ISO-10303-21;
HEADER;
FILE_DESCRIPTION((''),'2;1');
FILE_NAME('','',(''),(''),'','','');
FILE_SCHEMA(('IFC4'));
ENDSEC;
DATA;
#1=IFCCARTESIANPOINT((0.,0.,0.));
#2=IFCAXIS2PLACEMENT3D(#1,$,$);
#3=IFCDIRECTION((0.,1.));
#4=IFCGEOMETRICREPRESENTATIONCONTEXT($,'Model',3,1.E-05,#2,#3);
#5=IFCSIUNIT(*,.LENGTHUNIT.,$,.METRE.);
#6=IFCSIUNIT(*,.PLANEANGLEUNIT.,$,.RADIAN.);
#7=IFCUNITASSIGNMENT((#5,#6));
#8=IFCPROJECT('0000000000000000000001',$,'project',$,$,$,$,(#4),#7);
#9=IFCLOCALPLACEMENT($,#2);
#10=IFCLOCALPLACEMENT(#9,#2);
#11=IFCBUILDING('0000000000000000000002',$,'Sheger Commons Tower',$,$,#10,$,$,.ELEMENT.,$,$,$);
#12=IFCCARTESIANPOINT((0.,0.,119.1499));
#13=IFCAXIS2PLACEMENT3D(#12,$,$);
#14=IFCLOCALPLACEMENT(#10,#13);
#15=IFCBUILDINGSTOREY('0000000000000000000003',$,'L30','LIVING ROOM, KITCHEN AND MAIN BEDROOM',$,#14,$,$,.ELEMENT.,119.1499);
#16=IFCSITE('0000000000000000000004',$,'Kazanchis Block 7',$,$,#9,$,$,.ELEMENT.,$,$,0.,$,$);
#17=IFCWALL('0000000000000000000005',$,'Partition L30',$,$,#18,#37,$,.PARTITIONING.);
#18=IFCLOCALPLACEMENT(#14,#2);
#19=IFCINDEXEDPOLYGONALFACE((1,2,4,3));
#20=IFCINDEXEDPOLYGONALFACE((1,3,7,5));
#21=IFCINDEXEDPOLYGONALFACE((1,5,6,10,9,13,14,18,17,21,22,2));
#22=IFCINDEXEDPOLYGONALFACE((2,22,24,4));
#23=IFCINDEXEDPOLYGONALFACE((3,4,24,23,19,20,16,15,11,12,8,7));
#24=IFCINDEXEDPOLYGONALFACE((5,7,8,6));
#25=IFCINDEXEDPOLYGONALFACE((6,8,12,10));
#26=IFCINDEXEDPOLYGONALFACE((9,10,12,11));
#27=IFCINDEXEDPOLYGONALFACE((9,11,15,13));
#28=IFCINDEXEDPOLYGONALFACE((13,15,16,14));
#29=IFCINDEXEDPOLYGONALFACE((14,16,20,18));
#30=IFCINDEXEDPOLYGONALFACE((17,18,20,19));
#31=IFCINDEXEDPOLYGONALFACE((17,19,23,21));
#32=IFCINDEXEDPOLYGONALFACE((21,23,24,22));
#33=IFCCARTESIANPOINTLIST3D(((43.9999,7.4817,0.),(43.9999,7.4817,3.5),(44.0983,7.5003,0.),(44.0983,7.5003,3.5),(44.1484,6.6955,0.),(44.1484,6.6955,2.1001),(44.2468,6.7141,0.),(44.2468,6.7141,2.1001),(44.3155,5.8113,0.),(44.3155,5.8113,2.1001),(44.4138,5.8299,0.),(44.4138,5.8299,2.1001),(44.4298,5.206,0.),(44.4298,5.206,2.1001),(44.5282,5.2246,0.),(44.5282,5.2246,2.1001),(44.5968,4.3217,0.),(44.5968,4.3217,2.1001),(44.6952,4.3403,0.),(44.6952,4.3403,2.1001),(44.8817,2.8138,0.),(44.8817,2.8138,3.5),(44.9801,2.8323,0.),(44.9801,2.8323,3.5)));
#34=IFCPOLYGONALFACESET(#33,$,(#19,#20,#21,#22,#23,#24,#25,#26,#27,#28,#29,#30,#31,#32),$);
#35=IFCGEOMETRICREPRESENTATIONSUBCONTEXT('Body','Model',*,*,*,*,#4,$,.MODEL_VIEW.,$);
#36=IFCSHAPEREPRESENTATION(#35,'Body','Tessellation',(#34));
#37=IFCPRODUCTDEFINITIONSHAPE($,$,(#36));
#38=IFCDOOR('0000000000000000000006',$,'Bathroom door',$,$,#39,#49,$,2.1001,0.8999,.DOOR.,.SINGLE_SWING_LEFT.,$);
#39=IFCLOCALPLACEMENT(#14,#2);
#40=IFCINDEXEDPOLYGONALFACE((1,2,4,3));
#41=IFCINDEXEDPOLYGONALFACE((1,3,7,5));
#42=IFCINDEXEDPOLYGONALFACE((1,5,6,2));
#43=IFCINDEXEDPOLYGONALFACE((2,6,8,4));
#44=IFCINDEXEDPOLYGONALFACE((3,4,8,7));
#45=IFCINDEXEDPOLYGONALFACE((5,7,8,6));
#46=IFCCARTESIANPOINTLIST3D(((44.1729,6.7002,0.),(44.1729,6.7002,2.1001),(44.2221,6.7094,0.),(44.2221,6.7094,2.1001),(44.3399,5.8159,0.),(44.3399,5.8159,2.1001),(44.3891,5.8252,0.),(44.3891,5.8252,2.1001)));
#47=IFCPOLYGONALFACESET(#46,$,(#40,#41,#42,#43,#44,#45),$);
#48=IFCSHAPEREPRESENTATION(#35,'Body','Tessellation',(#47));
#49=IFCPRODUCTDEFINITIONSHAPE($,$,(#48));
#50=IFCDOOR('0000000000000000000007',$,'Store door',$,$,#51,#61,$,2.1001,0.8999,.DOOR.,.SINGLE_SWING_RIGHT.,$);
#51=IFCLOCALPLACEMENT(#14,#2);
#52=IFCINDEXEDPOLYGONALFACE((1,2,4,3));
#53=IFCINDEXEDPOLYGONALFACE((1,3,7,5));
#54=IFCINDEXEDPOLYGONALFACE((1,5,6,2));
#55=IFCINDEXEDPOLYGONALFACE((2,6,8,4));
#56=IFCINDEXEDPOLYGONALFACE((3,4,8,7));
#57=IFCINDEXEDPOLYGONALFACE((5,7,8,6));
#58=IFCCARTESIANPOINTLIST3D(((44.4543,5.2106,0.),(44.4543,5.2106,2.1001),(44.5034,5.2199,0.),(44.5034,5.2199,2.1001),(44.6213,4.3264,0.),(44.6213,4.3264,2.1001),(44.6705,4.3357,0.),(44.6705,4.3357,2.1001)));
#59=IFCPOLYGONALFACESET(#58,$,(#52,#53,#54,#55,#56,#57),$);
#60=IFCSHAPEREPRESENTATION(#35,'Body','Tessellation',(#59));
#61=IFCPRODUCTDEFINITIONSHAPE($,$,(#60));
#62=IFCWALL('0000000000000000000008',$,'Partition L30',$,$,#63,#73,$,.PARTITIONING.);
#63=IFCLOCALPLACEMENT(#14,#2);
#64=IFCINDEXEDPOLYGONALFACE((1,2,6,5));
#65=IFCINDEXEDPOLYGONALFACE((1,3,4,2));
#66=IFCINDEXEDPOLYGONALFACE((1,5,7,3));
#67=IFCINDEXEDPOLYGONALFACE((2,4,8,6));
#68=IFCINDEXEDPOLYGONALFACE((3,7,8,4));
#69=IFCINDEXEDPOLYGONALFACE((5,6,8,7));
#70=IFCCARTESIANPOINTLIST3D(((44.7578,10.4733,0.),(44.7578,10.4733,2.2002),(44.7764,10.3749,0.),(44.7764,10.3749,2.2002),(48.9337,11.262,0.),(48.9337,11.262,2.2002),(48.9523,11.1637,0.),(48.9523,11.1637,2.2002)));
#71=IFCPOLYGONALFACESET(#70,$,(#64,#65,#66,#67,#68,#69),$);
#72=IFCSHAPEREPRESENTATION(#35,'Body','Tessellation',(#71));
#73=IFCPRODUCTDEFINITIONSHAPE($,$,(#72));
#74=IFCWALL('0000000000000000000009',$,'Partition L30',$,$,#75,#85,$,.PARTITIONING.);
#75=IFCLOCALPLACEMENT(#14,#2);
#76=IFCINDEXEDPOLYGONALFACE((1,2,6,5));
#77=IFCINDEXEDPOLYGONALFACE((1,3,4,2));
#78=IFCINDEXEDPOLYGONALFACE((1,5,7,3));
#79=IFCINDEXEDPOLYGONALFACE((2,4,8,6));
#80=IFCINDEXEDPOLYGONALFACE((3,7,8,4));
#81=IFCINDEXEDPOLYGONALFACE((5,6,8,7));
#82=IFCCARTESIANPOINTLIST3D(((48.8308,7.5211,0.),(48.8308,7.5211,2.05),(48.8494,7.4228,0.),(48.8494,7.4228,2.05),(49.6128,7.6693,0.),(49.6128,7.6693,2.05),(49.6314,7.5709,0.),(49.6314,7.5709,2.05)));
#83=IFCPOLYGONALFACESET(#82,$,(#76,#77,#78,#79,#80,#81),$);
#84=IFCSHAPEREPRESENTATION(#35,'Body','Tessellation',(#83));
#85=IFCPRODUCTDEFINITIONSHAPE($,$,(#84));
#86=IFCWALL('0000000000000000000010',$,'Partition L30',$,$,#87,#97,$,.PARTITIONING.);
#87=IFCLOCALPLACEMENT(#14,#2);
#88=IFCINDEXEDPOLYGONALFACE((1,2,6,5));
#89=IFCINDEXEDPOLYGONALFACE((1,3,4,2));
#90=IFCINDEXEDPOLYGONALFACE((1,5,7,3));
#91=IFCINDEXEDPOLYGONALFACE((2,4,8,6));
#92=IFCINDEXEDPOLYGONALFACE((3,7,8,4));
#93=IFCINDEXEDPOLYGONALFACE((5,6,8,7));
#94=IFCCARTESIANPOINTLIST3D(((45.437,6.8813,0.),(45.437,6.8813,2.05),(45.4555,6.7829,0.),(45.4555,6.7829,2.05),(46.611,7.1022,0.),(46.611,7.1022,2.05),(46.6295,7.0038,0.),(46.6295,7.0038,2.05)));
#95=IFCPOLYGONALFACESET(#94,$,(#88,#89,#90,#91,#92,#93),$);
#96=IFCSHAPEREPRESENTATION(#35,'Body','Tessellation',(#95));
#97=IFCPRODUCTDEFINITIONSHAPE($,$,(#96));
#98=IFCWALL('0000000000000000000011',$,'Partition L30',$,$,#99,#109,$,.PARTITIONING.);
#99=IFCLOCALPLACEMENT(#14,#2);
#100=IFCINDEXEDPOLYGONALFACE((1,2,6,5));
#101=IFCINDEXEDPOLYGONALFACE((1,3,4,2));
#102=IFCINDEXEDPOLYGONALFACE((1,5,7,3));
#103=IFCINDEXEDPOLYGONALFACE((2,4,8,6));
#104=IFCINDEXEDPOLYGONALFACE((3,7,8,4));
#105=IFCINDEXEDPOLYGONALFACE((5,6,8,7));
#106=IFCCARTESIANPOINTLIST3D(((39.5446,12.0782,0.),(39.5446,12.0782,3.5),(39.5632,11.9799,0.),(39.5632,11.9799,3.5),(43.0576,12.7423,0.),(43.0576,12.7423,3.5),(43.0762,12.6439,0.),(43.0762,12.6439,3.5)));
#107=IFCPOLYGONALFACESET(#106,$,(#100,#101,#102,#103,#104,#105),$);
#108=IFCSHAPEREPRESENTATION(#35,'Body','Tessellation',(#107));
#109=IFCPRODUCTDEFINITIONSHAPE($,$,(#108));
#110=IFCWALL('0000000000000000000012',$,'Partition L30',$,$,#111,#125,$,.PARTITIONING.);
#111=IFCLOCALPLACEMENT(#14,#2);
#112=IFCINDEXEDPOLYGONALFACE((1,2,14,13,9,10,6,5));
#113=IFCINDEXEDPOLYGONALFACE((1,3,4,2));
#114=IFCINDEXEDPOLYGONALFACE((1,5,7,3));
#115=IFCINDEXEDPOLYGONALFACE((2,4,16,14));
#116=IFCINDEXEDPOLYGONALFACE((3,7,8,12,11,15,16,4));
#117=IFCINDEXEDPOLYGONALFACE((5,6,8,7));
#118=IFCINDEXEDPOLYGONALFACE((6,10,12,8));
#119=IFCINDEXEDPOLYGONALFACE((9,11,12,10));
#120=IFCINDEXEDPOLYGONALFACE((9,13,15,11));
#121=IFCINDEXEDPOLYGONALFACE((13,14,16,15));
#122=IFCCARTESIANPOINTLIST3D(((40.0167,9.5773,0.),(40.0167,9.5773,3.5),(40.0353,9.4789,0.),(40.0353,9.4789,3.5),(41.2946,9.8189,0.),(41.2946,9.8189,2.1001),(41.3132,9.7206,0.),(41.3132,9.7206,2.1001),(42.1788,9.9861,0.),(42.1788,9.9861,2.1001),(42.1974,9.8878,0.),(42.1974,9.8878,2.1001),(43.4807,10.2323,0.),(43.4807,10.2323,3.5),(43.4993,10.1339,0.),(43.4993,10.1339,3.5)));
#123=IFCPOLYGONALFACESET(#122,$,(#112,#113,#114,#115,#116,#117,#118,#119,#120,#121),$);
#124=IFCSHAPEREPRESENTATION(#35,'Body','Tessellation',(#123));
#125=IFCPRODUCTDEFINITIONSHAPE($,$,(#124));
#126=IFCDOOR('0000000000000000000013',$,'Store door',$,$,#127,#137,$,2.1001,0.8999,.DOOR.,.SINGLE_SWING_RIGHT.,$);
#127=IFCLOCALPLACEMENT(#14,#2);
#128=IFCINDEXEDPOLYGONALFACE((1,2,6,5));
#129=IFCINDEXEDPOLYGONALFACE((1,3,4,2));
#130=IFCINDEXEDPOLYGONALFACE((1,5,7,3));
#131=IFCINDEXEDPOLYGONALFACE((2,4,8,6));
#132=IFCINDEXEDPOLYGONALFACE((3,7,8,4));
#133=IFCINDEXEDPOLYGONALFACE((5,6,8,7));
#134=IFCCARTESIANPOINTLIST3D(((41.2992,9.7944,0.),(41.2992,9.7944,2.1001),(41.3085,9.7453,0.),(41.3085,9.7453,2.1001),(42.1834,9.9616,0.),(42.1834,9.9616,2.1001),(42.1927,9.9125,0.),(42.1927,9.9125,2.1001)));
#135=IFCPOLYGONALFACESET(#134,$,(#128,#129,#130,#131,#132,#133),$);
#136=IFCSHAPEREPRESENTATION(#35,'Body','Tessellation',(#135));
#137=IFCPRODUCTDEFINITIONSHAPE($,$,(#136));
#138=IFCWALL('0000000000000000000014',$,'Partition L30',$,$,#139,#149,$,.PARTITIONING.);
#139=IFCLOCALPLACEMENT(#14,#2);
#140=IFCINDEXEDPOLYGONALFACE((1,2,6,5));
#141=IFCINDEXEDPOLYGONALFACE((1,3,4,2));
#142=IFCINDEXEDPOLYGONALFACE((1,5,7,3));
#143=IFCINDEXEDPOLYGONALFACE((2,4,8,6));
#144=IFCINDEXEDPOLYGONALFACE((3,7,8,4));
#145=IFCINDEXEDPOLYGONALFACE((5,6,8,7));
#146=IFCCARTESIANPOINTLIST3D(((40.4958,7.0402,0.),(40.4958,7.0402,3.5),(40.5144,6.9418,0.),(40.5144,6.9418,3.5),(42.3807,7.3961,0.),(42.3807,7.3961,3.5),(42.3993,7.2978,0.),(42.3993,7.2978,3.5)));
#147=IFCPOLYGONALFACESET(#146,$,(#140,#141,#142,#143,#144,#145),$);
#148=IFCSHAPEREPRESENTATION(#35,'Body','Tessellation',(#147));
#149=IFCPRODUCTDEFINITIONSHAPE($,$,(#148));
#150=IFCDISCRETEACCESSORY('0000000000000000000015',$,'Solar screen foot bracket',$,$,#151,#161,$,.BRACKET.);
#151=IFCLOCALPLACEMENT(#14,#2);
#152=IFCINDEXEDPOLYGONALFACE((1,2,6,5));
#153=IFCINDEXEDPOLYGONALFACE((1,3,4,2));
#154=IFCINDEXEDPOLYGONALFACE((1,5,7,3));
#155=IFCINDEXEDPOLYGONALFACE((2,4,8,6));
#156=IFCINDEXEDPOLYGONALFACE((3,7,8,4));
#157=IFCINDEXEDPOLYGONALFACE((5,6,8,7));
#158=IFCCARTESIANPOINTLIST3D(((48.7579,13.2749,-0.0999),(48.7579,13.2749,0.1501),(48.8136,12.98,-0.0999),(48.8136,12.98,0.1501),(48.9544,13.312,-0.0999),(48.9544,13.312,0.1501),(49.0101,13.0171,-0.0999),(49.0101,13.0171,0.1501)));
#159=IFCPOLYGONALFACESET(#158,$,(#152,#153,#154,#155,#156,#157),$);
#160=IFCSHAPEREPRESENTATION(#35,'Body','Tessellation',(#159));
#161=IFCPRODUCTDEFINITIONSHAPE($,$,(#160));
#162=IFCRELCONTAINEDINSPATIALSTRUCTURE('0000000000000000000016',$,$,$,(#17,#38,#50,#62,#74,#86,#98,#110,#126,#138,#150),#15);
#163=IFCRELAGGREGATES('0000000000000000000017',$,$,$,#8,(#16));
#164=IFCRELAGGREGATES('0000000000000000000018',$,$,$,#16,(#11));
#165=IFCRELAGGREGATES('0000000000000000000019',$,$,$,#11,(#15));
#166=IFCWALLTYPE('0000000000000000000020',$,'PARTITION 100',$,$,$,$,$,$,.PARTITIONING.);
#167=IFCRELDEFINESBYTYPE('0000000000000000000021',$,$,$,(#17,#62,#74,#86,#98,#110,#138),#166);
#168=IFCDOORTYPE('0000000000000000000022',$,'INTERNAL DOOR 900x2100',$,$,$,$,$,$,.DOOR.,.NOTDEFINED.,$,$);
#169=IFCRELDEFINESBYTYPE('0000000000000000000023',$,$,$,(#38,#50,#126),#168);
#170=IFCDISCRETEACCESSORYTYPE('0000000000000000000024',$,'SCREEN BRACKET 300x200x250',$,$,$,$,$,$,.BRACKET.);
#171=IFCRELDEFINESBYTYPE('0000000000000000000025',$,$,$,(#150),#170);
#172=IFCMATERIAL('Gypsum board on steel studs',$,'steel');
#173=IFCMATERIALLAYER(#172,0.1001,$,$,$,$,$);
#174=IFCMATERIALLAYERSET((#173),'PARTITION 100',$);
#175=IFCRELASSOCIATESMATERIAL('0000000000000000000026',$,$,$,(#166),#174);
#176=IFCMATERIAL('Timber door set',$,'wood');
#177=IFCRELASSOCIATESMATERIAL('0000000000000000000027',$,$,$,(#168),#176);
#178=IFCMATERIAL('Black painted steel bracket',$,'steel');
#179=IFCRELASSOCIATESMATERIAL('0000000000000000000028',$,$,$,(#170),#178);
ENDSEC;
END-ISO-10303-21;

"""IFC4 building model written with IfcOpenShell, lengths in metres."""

from ifc_helpers import new_model, si_unit, direction, frame, frame_2d, origin, origin_2d, place, context, subcontext, project, spatial, rectangle, extrude, material, layer, layer_set, type_object, element, fill, save


model = new_model("IFC4")

# Units and contexts
model_context = context("Model", 3, precision=1e-05, world=origin(), true_north=direction((0.0, 1.0)))
body_context = subcontext(model_context, "Body", "Model", "MODEL_VIEW")
ifc_project = project(units=[si_unit("LENGTHUNIT", "METRE"), si_unit("PLANEANGLEUNIT", "RADIAN")], contexts=[model_context])

# Site, building, storey
site_placement = place(None, origin())
site = spatial("IfcSite", under=ifc_project, at=site_placement, Name="Kazanchis Block 7", CompositionType="ELEMENT", RefElevation=0.0)
building_placement = place(site_placement, origin())
building = spatial("IfcBuilding", under=site, at=building_placement, Name="Sheger Commons Tower", CompositionType="ELEMENT")
storey_placement = place(building_placement, frame((0.0, 0.0, 119.1499)))
storey = spatial("IfcBuildingStorey", under=building, at=storey_placement, Name="L30", Description="LIVING ROOM, KITCHEN AND MAIN BEDROOM", CompositionType="ELEMENT", Elevation=119.1499)

# Shared definitions
ifc_material_1 = material(Name="Gypsum board on steel studs", Category="steel")
ifc_layer_1 = layer(ifc_material_1, 0.1001)
ifc_layer_set_1 = layer_set([ifc_layer_1], Name="PARTITION 100")
wall_type_1 = type_object("IfcWallType", Name="PARTITION 100", PredefinedType="PARTITIONING", material=ifc_layer_set_1)
ifc_material_2 = material(Name="Timber door set", Category="wood")
door_type_1 = type_object("IfcDoorType", Name="INTERNAL DOOR 900x2100", OperationType="NOTDEFINED", PredefinedType="DOOR", material=ifc_material_2)

# Wall, openings, doors
wall_1_placement = place(storey_placement, frame((44.0491, 7.491, 0.0), z_axis=(0.0, 0.0, 1.0), x_axis=(0.185629, -0.98262, 0.0)))
wall_1 = element("IfcWall", 1, at=wall_1_placement, inside=storey, type_object=wall_type_1, Name="Partition L30", PredefinedType="PARTITIONING", context=body_context, shape_type="SweptSolid", body=[
    extrude(rectangle(XDim=4.7505, YDim=0.1001, at=frame_2d((2.3752, 0.0))), origin(), (0.0, 0.0, 1.0), 3.5),
])
opening_1_placement = place(wall_1_placement, frame((0.8, 0.0, 0.0)))
opening_1 = element("IfcOpeningElement", 2, at=opening_1_placement, cuts=wall_1, PredefinedType="OPENING", context=body_context, shape_type="SweptSolid", body=[
    extrude(rectangle(XDim=0.8999, YDim=2.1001, at=frame_2d((0.45, 1.05))), frame((0.0, 0.0601, 0.0), z_axis=(0.0, -1.0, 0.0), x_axis=(1.0, 0.0, 0.0)), (0.0, 0.0, 1.0), 0.1201),
])
opening_2_placement = place(wall_1_placement, frame((2.3159, 0.0, 0.0)))
opening_2 = element("IfcOpeningElement", 3, at=opening_2_placement, cuts=wall_1, PredefinedType="OPENING", context=body_context, shape_type="SweptSolid", body=[
    extrude(rectangle(XDim=0.8999, YDim=2.1001, at=frame_2d((0.45, 1.05))), frame((0.0, 0.0601, 0.0), z_axis=(0.0, -1.0, 0.0), x_axis=(1.0, 0.0, 0.0)), (0.0, 0.0, 1.0), 0.1201),
])
door_1_placement = place(opening_1_placement, origin())
door_1 = element("IfcDoor", 4, at=door_1_placement, inside=storey, type_object=door_type_1, Name="Bathroom door", OperationType="SINGLE_SWING_LEFT", OverallHeight=2.1001, OverallWidth=0.8999, PredefinedType="DOOR", context=body_context, shape_type="SweptSolid", body=[
    extrude(rectangle(XDim=0.8999, YDim=2.1001, at=frame_2d((0.45, 1.05))), frame((0.0, 0.0249, 0.0), z_axis=(0.0, -1.0, 0.0), x_axis=(1.0, 0.0, 0.0)), (0.0, 0.0, 1.0), 0.05),
])
fill(opening_1, door_1)
door_2_placement = place(opening_2_placement, origin())
door_2 = element("IfcDoor", 5, at=door_2_placement, inside=storey, type_object=door_type_1, Name="Store door", OperationType="SINGLE_SWING_RIGHT", OverallHeight=2.1001, OverallWidth=0.8999, PredefinedType="DOOR", context=body_context, shape_type="SweptSolid", body=[
    extrude(rectangle(XDim=0.8999, YDim=2.1001, at=frame_2d((0.45, 1.05))), frame((0.0, 0.0249, 0.0), z_axis=(0.0, -1.0, 0.0), x_axis=(1.0, 0.0, 0.0)), (0.0, 0.0, 1.0), 0.05),
])
fill(opening_2, door_2)

# Walls
wall_2_placement = place(storey_placement, frame((48.9431, 11.2129, 0.0), z_axis=(0.0, 0.0, 1.0), x_axis=(-0.982624, -0.18561, 0.0)))
element("IfcWall", 6, at=wall_2_placement, inside=storey, type_object=wall_type_1, Name="Partition L30", PredefinedType="PARTITIONING", context=body_context, shape_type="SweptSolid", body=[
    extrude(rectangle(XDim=4.2498, YDim=0.1001, at=frame_2d((2.125, 0.0))), origin(), (0.0, 0.0, 1.0), 2.2002),
])
wall_3_placement = place(storey_placement, frame((49.6221, 7.6201, 0.0), z_axis=(0.0, 0.0, 1.0), x_axis=(-0.982513, -0.186196, 0.0)))
element("IfcWall", 7, at=wall_3_placement, inside=storey, type_object=wall_type_1, Name="Partition L30", PredefinedType="PARTITIONING", context=body_context, shape_type="SweptSolid", body=[
    extrude(rectangle(XDim=0.7959, YDim=0.1001, at=frame_2d((0.3979, 0.0))), origin(), (0.0, 0.0, 1.0), 2.05),
])
wall_4_placement = place(storey_placement, frame((46.6201, 7.053, 0.0), z_axis=(0.0, 0.0, 1.0), x_axis=(-0.982749, -0.184942, 0.0)))
element("IfcWall", 8, at=wall_4_placement, inside=storey, type_object=wall_type_1, Name="Partition L30", PredefinedType="PARTITIONING", context=body_context, shape_type="SweptSolid", body=[
    extrude(rectangle(XDim=1.1946, YDim=0.1001, at=frame_2d((0.5972, 0.0))), origin(), (0.0, 0.0, 1.0), 2.05),
])
wall_5_placement = place(storey_placement, frame((43.0669, 12.6931, 0.0), z_axis=(0.0, 0.0, 1.0), x_axis=(-0.982598, -0.185744, 0.0)))
element("IfcWall", 9, at=wall_5_placement, inside=storey, type_object=wall_type_1, Name="Partition L30", PredefinedType="PARTITIONING", context=body_context, shape_type="SweptSolid", body=[
    extrude(rectangle(XDim=3.5752, YDim=0.1001, at=frame_2d((1.7876, 0.0))), origin(), (0.0, 0.0, 1.0), 3.5),
])

# Wall, opening, door
wall_6_placement = place(storey_placement, frame((43.49, 10.1831, 0.0), z_axis=(0.0, 0.0, 1.0), x_axis=(-0.982588, -0.185798, 0.0)))
wall_6 = element("IfcWall", 10, at=wall_6_placement, inside=storey, type_object=wall_type_1, Name="Partition L30", PredefinedType="PARTITIONING", context=body_context, shape_type="SweptSolid", body=[
    extrude(rectangle(XDim=3.5254, YDim=0.1001, at=frame_2d((1.7627, 0.0))), origin(), (0.0, 0.0, 1.0), 3.5),
])
opening_3_placement = place(wall_6_placement, frame((1.325, 0.0, 0.0)))
opening_3 = element("IfcOpeningElement", 11, at=opening_3_placement, cuts=wall_6, PredefinedType="OPENING", context=body_context, shape_type="SweptSolid", body=[
    extrude(rectangle(XDim=0.8999, YDim=2.1001, at=frame_2d((0.45, 1.05))), frame((0.0, 0.0601, 0.0), z_axis=(0.0, -1.0, 0.0), x_axis=(1.0, 0.0, 0.0)), (0.0, 0.0, 1.0), 0.1201),
])
door_3_placement = place(opening_3_placement, origin())
door_3 = element("IfcDoor", 12, at=door_3_placement, inside=storey, type_object=door_type_1, Name="Store door", OperationType="SINGLE_SWING_RIGHT", OverallHeight=2.1001, OverallWidth=0.8999, PredefinedType="DOOR", context=body_context, shape_type="SweptSolid", body=[
    extrude(rectangle(XDim=0.8999, YDim=2.1001, at=frame_2d((0.45, 1.05))), frame((0.0, 0.0249, 0.0), z_axis=(0.0, -1.0, 0.0), x_axis=(1.0, 0.0, 0.0)), (0.0, 0.0, 1.0), 0.05),
])
fill(opening_3, door_3)

# Wall
wall_7_placement = place(storey_placement, frame((42.3899, 7.3469, 0.0), z_axis=(0.0, 0.0, 1.0), x_axis=(-0.982634, -0.185556, 0.0)))
element("IfcWall", 13, at=wall_7_placement, inside=storey, type_object=wall_type_1, Name="Partition L30", PredefinedType="PARTITIONING", context=body_context, shape_type="SweptSolid", body=[
    extrude(rectangle(XDim=1.9182, YDim=0.1001, at=frame_2d((0.959, 0.0))), origin(), (0.0, 0.0, 1.0), 3.5),
])

# Discrete accessory
ifc_material_3 = material(Name="Black painted steel bracket", Category="steel")
discrete_accessory_type = type_object("IfcDiscreteAccessoryType", Name="SCREEN BRACKET 300x200x250", PredefinedType="BRACKET", material=ifc_material_3)
discrete_accessory_placement = place(storey_placement, frame((48.884, 13.146, -0.0999), z_axis=(0.0, 0.0, 1.0), x_axis=(-0.185615, 0.982623, 0.0)))
element("IfcDiscreteAccessory", 14, at=discrete_accessory_placement, inside=storey, type_object=discrete_accessory_type, Name="Solar screen foot bracket", PredefinedType="BRACKET", context=body_context, shape_type="SweptSolid", body=[
    extrude(rectangle(XDim=0.3, YDim=0.2, at=origin_2d()), origin(), (0.0, 0.0, 1.0), 0.25),
])

save(model, "model.ifc")
